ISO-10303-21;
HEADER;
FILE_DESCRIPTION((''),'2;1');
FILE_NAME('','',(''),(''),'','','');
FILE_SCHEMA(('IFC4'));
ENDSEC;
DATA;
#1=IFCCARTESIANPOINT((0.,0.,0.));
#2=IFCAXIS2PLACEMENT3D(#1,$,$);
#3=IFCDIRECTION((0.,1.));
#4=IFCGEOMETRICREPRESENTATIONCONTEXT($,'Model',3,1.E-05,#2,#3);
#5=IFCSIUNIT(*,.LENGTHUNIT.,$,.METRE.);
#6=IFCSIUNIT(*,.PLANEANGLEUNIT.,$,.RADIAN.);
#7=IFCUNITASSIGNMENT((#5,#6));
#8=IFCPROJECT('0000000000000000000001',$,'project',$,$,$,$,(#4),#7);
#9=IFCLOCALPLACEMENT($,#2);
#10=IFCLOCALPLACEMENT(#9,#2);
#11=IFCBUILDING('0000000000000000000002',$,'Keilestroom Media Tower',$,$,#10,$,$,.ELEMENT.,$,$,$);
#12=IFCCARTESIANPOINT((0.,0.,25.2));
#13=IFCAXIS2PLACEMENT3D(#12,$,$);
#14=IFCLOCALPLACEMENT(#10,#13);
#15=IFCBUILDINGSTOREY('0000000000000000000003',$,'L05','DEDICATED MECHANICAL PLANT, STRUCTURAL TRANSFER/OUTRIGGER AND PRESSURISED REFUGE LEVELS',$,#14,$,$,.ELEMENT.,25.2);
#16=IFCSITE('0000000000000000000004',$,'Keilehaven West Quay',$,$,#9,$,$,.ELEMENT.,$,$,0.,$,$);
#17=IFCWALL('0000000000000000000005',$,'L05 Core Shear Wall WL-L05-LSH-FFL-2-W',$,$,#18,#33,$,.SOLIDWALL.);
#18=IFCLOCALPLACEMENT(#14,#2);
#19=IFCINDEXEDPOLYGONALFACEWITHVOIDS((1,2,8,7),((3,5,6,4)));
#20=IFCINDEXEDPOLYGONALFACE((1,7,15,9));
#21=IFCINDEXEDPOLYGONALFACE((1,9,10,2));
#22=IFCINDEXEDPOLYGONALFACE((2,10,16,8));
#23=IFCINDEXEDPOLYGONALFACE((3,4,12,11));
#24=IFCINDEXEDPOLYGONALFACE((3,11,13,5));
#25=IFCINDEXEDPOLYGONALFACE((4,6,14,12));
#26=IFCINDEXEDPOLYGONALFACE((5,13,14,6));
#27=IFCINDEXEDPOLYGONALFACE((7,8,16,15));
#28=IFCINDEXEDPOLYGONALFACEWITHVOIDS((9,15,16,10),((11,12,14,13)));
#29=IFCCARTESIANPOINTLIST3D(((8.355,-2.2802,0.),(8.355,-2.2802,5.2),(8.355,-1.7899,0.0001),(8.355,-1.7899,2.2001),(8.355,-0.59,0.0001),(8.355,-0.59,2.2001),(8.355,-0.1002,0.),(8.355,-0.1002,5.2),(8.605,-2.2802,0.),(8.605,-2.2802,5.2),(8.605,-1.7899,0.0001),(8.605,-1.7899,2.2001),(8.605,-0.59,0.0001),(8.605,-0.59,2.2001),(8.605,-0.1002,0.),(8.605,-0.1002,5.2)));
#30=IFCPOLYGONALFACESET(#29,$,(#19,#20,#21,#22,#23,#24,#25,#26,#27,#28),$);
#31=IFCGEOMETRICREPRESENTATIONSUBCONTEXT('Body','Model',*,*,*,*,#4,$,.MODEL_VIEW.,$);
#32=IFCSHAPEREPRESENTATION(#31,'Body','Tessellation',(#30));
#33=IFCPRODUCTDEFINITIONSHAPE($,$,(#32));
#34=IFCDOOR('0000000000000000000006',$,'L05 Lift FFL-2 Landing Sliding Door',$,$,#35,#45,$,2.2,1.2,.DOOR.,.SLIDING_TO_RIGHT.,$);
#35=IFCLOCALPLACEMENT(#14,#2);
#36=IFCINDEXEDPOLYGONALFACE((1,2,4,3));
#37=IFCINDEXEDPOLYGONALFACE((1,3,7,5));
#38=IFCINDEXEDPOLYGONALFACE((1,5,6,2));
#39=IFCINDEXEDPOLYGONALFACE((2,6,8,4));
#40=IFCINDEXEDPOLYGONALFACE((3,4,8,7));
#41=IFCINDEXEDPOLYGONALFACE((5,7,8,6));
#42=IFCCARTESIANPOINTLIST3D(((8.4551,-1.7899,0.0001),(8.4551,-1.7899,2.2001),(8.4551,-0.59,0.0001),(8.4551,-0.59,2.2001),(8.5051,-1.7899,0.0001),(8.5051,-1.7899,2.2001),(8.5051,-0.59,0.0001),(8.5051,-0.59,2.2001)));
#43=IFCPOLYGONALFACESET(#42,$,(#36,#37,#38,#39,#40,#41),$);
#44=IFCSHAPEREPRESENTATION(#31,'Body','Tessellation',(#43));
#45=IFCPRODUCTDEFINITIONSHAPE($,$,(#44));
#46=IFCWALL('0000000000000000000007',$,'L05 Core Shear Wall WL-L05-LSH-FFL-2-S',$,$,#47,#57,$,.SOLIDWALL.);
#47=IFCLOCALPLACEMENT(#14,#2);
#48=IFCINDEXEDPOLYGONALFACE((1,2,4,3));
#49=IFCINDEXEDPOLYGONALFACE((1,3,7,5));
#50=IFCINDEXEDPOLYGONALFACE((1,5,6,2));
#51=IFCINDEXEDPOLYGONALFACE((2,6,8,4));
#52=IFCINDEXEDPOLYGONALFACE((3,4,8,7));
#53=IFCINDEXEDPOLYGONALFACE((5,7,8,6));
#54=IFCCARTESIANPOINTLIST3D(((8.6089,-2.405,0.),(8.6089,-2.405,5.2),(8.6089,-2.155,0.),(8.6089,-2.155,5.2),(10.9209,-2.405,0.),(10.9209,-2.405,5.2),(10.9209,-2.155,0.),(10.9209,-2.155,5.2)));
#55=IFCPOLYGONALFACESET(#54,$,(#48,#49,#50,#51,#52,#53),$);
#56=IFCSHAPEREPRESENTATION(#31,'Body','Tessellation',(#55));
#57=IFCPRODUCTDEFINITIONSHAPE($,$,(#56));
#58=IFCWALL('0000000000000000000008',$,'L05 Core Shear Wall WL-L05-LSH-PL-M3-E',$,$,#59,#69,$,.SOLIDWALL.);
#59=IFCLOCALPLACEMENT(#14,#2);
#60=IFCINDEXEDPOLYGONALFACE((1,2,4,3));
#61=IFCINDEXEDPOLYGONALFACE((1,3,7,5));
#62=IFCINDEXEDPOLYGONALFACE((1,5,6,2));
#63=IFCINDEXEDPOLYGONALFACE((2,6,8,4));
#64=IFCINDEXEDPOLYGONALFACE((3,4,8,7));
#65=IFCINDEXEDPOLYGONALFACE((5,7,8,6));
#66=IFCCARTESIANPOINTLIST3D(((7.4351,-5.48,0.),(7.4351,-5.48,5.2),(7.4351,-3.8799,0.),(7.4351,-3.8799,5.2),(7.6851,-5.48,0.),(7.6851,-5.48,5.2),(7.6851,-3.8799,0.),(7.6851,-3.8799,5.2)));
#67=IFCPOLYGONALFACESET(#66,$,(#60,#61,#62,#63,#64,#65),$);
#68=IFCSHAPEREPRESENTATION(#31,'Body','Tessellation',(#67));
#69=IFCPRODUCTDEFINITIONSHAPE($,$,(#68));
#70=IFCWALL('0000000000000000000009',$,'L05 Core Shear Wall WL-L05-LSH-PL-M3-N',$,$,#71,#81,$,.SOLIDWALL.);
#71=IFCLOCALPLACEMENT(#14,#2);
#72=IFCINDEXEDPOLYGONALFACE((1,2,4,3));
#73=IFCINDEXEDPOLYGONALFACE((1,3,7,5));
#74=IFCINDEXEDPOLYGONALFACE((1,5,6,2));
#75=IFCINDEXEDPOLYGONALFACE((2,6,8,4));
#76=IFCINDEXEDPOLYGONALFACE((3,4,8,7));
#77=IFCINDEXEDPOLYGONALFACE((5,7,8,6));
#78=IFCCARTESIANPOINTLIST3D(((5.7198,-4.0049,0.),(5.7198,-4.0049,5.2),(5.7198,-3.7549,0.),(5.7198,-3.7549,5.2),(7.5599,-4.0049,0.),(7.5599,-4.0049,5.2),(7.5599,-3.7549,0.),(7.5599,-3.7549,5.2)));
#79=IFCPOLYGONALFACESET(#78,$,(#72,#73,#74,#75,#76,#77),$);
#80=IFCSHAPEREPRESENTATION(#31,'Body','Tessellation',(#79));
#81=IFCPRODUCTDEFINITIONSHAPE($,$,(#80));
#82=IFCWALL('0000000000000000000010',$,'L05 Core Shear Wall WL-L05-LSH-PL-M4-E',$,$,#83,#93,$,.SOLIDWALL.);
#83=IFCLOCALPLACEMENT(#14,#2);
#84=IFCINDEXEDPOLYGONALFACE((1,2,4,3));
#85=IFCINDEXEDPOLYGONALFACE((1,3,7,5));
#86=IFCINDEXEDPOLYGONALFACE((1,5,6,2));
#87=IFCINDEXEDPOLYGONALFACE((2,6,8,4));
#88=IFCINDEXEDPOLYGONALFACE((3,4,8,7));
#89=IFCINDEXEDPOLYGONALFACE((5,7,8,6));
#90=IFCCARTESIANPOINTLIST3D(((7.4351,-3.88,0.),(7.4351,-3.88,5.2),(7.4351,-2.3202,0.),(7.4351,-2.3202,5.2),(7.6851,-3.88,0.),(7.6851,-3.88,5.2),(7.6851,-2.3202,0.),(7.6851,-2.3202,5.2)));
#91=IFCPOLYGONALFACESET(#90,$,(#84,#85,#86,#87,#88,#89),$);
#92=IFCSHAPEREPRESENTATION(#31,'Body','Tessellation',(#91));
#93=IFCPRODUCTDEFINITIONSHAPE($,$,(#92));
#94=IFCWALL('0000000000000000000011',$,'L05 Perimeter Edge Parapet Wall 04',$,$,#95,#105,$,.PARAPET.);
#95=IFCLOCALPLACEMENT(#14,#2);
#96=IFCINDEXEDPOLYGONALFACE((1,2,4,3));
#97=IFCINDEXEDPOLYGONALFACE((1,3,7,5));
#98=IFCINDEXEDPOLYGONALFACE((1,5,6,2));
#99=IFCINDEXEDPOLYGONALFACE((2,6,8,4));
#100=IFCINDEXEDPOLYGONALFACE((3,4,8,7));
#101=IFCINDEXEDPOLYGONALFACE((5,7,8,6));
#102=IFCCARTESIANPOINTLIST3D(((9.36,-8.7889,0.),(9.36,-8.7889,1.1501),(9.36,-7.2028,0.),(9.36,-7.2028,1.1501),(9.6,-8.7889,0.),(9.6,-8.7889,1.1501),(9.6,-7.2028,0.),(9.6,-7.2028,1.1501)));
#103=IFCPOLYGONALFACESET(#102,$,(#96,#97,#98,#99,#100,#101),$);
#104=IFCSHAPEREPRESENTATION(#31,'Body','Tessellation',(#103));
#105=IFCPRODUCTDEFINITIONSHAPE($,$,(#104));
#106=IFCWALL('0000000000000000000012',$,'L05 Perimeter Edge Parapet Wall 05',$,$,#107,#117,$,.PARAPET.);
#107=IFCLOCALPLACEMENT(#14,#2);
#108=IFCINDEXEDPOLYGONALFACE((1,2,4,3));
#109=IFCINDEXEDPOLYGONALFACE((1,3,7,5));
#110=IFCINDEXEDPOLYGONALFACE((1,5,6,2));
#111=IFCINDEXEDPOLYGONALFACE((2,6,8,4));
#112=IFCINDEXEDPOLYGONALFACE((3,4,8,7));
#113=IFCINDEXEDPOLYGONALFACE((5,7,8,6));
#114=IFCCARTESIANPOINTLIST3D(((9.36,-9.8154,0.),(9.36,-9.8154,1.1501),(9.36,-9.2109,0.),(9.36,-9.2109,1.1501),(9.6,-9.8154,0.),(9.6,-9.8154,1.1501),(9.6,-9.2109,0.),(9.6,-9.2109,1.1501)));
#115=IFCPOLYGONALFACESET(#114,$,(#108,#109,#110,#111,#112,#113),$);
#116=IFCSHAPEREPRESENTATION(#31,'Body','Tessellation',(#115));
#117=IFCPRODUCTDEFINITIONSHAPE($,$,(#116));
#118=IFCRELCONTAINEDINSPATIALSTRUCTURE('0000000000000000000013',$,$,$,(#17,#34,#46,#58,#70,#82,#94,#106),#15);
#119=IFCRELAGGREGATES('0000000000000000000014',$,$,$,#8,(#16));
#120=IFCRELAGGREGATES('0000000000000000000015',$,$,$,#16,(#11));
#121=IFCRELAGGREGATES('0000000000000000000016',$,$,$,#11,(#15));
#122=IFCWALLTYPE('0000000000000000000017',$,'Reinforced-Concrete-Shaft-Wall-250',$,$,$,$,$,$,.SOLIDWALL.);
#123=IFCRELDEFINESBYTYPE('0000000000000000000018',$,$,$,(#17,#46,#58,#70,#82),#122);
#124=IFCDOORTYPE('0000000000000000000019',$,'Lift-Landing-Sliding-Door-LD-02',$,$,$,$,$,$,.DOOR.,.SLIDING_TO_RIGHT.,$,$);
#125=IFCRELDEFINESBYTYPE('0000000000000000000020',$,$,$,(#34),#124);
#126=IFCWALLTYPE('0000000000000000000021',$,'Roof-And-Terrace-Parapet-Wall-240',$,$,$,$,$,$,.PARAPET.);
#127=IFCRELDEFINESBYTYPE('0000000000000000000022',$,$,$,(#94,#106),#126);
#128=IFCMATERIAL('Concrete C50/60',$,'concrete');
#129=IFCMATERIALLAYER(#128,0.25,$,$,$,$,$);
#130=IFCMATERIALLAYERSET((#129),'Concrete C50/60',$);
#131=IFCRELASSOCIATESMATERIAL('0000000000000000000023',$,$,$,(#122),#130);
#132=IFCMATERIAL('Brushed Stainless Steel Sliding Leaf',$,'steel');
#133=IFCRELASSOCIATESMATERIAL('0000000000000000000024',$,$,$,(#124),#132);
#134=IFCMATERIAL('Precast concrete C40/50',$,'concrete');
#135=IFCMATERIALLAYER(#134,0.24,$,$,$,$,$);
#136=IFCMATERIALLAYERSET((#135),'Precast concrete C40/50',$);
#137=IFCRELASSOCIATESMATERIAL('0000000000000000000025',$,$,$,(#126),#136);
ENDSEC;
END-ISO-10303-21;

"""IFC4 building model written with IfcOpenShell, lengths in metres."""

from ifc_helpers import new_model, si_unit, direction, frame, frame_2d, origin, place, context, subcontext, project, spatial, rectangle, extrude, source, transform, mapped, material, layer, layer_set, type_object, element, fill, save


model = new_model("IFC4")

# Units and contexts
model_context = context("Model", 3, precision=1e-05, world=origin(), true_north=direction((0.0, 1.0)))
body_context = subcontext(model_context, "Body", "Model", "MODEL_VIEW")
ifc_project = project(units=[si_unit("LENGTHUNIT", "METRE"), si_unit("PLANEANGLEUNIT", "RADIAN")], contexts=[model_context])

# Site, building, storey
site_placement = place(None, origin())
site = spatial("IfcSite", under=ifc_project, at=site_placement, Name="Keilehaven West Quay", CompositionType="ELEMENT", RefElevation=0.0)
building_placement = place(site_placement, origin())
building = spatial("IfcBuilding", under=site, at=building_placement, Name="Keilestroom Media Tower", CompositionType="ELEMENT")
storey_placement = place(building_placement, frame((0.0, 0.0, 25.2)))
storey = spatial("IfcBuildingStorey", under=building, at=storey_placement, Name="L05", Description="DEDICATED MECHANICAL PLANT, STRUCTURAL TRANSFER/OUTRIGGER AND PRESSURISED REFUGE LEVELS", CompositionType="ELEMENT", Elevation=25.2)

# Shared definitions
shared_shape_1 = source(origin(), body_context, "Body", "SweptSolid", [
    extrude(rectangle(XDim=1.2, YDim=2.2, at=frame_2d((0.6001, 1.1001))), frame((0.0, 0.0249, 0.0), z_axis=(0.0, -1.0, 0.0), x_axis=(1.0, 0.0, 0.0)), (0.0, 0.0, 1.0), 0.05),
])

# Shared definitions
ifc_material_1 = material(Name="Concrete C50/60", Category="concrete")
ifc_layer_1 = layer(ifc_material_1, 0.25)
ifc_layer_set_1 = layer_set([ifc_layer_1], Name="Concrete C50/60")
wall_type_1 = type_object("IfcWallType", Name="Reinforced-Concrete-Shaft-Wall-250", PredefinedType="SOLIDWALL", material=ifc_layer_set_1)

# Wall, opening, door
wall_1_placement = place(storey_placement, frame((8.48, -2.28, 0.0), z_axis=(0.0, 0.0, 1.0), x_axis=(0.0, 1.0, 0.0)))
wall_1 = element("IfcWall", 1, at=wall_1_placement, inside=storey, type_object=wall_type_1, Name="L05 Core Shear Wall WL-L05-LSH-FFL-2-W", PredefinedType="SOLIDWALL", context=body_context, shape_type="SweptSolid", body=[
    extrude(rectangle(XDim=2.1799, YDim=0.25, at=frame_2d((1.0898, 0.0))), origin(), (0.0, 0.0, 1.0), 5.2),
])
opening_1_placement = place(wall_1_placement, frame((0.49, 0.0, 0.0)))
opening_1 = element("IfcOpeningElement", 2, at=opening_1_placement, cuts=wall_1, PredefinedType="OPENING", context=body_context, shape_type="SweptSolid", body=[
    extrude(rectangle(XDim=1.2, YDim=2.2, at=frame_2d((0.6001, 1.1001))), frame((0.0, 0.135, 0.0), z_axis=(0.0, -1.0, 0.0), x_axis=(1.0, 0.0, 0.0)), (0.0, 0.0, 1.0), 0.27),
])
ifc_material_2 = material(Name="Brushed Stainless Steel Sliding Leaf", Category="steel")
door_type_1 = type_object("IfcDoorType", Name="Lift-Landing-Sliding-Door-LD-02", OperationType="SLIDING_TO_RIGHT", PredefinedType="DOOR", material=ifc_material_2)
door_1_placement = place(opening_1_placement, origin())
door_1 = element("IfcDoor", 3, at=door_1_placement, inside=storey, type_object=door_type_1, Name="L05 Lift FFL-2 Landing Sliding Door", OperationType="SLIDING_TO_RIGHT", OverallHeight=2.2, OverallWidth=1.2, PredefinedType="DOOR", context=body_context, shape_type="MappedRepresentation", body=[
    mapped(shared_shape_1, transform((0.0, 0.0, 0.0), x_axis=(1.0, 0.0, 0.0), y_axis=(0.0, 1.0, 0.0), z_axis=(0.0, 0.0, 1.0), scale=1.0)),
])
fill(opening_1, door_1)

# Walls
wall_2_placement = place(storey_placement, frame((8.6089, -2.28, 0.0), z_axis=(0.0, 0.0, 1.0), x_axis=(1.0, 0.0, 0.0)))
element("IfcWall", 4, at=wall_2_placement, inside=storey, type_object=wall_type_1, Name="L05 Core Shear Wall WL-L05-LSH-FFL-2-S", PredefinedType="SOLIDWALL", context=body_context, shape_type="SweptSolid", body=[
    extrude(rectangle(XDim=2.312, YDim=0.25, at=frame_2d((1.156, 0.0))), origin(), (0.0, 0.0, 1.0), 5.2),
])
wall_3_placement = place(storey_placement, frame((7.5601, -5.48, 0.0), z_axis=(0.0, 0.0, 1.0), x_axis=(0.0, 1.0, 0.0)))
element("IfcWall", 5, at=wall_3_placement, inside=storey, type_object=wall_type_1, Name="L05 Core Shear Wall WL-L05-LSH-PL-M3-E", PredefinedType="SOLIDWALL", context=body_context, shape_type="SweptSolid", body=[
    extrude(rectangle(XDim=1.6001, YDim=0.25, at=frame_2d((0.8, 0.0))), origin(), (0.0, 0.0, 1.0), 5.2),
])
wall_4_placement = place(storey_placement, frame((5.72, -3.8799, 0.0), z_axis=(0.0, 0.0, 1.0), x_axis=(1.0, 0.0, 0.0)))
element("IfcWall", 6, at=wall_4_placement, inside=storey, type_object=wall_type_1, Name="L05 Core Shear Wall WL-L05-LSH-PL-M3-N", PredefinedType="SOLIDWALL", context=body_context, shape_type="SweptSolid", body=[
    extrude(rectangle(XDim=1.8401, YDim=0.25, at=frame_2d((0.9199, 0.0))), origin(), (0.0, 0.0, 1.0), 5.2),
])
wall_5_placement = place(storey_placement, frame((7.5601, -3.8799, 0.0), z_axis=(0.0, 0.0, 1.0), x_axis=(0.0, 1.0, 0.0)))
element("IfcWall", 7, at=wall_5_placement, inside=storey, type_object=wall_type_1, Name="L05 Core Shear Wall WL-L05-LSH-PL-M4-E", PredefinedType="SOLIDWALL", context=body_context, shape_type="SweptSolid", body=[
    extrude(rectangle(XDim=1.5598, YDim=0.25, at=frame_2d((0.7798, 0.0))), origin(), (0.0, 0.0, 1.0), 5.2),
])
ifc_material_3 = material(Name="Precast concrete C40/50", Category="concrete")
ifc_layer_2 = layer(ifc_material_3, 0.24)
ifc_layer_set_2 = layer_set([ifc_layer_2], Name="Precast concrete C40/50")
wall_type_2 = type_object("IfcWallType", Name="Roof-And-Terrace-Parapet-Wall-240", PredefinedType="PARAPET", material=ifc_layer_set_2)
wall_6_placement = place(storey_placement, frame((9.48, -7.2029, 0.0), z_axis=(0.0, 0.0, 1.0), x_axis=(0.0, -1.0, 0.0)))
element("IfcWall", 8, at=wall_6_placement, inside=storey, type_object=wall_type_2, Name="L05 Perimeter Edge Parapet Wall 04", PredefinedType="PARAPET", context=body_context, shape_type="SweptSolid", body=[
    extrude(rectangle(XDim=1.5862, YDim=0.24, at=frame_2d((0.793, 0.0))), origin(), (0.0, 0.0, 1.0), 1.1501),
])
wall_7_placement = place(storey_placement, frame((9.48, -9.2109, 0.0), z_axis=(0.0, 0.0, 1.0), x_axis=(0.0, -1.0, 0.0)))
element("IfcWall", 9, at=wall_7_placement, inside=storey, type_object=wall_type_2, Name="L05 Perimeter Edge Parapet Wall 05", PredefinedType="PARAPET", context=body_context, shape_type="SweptSolid", body=[
    extrude(rectangle(XDim=0.6045, YDim=0.24, at=frame_2d((0.3022, 0.0))), origin(), (0.0, 0.0, 1.0), 1.1501),
])

save(model, "model.ifc")
